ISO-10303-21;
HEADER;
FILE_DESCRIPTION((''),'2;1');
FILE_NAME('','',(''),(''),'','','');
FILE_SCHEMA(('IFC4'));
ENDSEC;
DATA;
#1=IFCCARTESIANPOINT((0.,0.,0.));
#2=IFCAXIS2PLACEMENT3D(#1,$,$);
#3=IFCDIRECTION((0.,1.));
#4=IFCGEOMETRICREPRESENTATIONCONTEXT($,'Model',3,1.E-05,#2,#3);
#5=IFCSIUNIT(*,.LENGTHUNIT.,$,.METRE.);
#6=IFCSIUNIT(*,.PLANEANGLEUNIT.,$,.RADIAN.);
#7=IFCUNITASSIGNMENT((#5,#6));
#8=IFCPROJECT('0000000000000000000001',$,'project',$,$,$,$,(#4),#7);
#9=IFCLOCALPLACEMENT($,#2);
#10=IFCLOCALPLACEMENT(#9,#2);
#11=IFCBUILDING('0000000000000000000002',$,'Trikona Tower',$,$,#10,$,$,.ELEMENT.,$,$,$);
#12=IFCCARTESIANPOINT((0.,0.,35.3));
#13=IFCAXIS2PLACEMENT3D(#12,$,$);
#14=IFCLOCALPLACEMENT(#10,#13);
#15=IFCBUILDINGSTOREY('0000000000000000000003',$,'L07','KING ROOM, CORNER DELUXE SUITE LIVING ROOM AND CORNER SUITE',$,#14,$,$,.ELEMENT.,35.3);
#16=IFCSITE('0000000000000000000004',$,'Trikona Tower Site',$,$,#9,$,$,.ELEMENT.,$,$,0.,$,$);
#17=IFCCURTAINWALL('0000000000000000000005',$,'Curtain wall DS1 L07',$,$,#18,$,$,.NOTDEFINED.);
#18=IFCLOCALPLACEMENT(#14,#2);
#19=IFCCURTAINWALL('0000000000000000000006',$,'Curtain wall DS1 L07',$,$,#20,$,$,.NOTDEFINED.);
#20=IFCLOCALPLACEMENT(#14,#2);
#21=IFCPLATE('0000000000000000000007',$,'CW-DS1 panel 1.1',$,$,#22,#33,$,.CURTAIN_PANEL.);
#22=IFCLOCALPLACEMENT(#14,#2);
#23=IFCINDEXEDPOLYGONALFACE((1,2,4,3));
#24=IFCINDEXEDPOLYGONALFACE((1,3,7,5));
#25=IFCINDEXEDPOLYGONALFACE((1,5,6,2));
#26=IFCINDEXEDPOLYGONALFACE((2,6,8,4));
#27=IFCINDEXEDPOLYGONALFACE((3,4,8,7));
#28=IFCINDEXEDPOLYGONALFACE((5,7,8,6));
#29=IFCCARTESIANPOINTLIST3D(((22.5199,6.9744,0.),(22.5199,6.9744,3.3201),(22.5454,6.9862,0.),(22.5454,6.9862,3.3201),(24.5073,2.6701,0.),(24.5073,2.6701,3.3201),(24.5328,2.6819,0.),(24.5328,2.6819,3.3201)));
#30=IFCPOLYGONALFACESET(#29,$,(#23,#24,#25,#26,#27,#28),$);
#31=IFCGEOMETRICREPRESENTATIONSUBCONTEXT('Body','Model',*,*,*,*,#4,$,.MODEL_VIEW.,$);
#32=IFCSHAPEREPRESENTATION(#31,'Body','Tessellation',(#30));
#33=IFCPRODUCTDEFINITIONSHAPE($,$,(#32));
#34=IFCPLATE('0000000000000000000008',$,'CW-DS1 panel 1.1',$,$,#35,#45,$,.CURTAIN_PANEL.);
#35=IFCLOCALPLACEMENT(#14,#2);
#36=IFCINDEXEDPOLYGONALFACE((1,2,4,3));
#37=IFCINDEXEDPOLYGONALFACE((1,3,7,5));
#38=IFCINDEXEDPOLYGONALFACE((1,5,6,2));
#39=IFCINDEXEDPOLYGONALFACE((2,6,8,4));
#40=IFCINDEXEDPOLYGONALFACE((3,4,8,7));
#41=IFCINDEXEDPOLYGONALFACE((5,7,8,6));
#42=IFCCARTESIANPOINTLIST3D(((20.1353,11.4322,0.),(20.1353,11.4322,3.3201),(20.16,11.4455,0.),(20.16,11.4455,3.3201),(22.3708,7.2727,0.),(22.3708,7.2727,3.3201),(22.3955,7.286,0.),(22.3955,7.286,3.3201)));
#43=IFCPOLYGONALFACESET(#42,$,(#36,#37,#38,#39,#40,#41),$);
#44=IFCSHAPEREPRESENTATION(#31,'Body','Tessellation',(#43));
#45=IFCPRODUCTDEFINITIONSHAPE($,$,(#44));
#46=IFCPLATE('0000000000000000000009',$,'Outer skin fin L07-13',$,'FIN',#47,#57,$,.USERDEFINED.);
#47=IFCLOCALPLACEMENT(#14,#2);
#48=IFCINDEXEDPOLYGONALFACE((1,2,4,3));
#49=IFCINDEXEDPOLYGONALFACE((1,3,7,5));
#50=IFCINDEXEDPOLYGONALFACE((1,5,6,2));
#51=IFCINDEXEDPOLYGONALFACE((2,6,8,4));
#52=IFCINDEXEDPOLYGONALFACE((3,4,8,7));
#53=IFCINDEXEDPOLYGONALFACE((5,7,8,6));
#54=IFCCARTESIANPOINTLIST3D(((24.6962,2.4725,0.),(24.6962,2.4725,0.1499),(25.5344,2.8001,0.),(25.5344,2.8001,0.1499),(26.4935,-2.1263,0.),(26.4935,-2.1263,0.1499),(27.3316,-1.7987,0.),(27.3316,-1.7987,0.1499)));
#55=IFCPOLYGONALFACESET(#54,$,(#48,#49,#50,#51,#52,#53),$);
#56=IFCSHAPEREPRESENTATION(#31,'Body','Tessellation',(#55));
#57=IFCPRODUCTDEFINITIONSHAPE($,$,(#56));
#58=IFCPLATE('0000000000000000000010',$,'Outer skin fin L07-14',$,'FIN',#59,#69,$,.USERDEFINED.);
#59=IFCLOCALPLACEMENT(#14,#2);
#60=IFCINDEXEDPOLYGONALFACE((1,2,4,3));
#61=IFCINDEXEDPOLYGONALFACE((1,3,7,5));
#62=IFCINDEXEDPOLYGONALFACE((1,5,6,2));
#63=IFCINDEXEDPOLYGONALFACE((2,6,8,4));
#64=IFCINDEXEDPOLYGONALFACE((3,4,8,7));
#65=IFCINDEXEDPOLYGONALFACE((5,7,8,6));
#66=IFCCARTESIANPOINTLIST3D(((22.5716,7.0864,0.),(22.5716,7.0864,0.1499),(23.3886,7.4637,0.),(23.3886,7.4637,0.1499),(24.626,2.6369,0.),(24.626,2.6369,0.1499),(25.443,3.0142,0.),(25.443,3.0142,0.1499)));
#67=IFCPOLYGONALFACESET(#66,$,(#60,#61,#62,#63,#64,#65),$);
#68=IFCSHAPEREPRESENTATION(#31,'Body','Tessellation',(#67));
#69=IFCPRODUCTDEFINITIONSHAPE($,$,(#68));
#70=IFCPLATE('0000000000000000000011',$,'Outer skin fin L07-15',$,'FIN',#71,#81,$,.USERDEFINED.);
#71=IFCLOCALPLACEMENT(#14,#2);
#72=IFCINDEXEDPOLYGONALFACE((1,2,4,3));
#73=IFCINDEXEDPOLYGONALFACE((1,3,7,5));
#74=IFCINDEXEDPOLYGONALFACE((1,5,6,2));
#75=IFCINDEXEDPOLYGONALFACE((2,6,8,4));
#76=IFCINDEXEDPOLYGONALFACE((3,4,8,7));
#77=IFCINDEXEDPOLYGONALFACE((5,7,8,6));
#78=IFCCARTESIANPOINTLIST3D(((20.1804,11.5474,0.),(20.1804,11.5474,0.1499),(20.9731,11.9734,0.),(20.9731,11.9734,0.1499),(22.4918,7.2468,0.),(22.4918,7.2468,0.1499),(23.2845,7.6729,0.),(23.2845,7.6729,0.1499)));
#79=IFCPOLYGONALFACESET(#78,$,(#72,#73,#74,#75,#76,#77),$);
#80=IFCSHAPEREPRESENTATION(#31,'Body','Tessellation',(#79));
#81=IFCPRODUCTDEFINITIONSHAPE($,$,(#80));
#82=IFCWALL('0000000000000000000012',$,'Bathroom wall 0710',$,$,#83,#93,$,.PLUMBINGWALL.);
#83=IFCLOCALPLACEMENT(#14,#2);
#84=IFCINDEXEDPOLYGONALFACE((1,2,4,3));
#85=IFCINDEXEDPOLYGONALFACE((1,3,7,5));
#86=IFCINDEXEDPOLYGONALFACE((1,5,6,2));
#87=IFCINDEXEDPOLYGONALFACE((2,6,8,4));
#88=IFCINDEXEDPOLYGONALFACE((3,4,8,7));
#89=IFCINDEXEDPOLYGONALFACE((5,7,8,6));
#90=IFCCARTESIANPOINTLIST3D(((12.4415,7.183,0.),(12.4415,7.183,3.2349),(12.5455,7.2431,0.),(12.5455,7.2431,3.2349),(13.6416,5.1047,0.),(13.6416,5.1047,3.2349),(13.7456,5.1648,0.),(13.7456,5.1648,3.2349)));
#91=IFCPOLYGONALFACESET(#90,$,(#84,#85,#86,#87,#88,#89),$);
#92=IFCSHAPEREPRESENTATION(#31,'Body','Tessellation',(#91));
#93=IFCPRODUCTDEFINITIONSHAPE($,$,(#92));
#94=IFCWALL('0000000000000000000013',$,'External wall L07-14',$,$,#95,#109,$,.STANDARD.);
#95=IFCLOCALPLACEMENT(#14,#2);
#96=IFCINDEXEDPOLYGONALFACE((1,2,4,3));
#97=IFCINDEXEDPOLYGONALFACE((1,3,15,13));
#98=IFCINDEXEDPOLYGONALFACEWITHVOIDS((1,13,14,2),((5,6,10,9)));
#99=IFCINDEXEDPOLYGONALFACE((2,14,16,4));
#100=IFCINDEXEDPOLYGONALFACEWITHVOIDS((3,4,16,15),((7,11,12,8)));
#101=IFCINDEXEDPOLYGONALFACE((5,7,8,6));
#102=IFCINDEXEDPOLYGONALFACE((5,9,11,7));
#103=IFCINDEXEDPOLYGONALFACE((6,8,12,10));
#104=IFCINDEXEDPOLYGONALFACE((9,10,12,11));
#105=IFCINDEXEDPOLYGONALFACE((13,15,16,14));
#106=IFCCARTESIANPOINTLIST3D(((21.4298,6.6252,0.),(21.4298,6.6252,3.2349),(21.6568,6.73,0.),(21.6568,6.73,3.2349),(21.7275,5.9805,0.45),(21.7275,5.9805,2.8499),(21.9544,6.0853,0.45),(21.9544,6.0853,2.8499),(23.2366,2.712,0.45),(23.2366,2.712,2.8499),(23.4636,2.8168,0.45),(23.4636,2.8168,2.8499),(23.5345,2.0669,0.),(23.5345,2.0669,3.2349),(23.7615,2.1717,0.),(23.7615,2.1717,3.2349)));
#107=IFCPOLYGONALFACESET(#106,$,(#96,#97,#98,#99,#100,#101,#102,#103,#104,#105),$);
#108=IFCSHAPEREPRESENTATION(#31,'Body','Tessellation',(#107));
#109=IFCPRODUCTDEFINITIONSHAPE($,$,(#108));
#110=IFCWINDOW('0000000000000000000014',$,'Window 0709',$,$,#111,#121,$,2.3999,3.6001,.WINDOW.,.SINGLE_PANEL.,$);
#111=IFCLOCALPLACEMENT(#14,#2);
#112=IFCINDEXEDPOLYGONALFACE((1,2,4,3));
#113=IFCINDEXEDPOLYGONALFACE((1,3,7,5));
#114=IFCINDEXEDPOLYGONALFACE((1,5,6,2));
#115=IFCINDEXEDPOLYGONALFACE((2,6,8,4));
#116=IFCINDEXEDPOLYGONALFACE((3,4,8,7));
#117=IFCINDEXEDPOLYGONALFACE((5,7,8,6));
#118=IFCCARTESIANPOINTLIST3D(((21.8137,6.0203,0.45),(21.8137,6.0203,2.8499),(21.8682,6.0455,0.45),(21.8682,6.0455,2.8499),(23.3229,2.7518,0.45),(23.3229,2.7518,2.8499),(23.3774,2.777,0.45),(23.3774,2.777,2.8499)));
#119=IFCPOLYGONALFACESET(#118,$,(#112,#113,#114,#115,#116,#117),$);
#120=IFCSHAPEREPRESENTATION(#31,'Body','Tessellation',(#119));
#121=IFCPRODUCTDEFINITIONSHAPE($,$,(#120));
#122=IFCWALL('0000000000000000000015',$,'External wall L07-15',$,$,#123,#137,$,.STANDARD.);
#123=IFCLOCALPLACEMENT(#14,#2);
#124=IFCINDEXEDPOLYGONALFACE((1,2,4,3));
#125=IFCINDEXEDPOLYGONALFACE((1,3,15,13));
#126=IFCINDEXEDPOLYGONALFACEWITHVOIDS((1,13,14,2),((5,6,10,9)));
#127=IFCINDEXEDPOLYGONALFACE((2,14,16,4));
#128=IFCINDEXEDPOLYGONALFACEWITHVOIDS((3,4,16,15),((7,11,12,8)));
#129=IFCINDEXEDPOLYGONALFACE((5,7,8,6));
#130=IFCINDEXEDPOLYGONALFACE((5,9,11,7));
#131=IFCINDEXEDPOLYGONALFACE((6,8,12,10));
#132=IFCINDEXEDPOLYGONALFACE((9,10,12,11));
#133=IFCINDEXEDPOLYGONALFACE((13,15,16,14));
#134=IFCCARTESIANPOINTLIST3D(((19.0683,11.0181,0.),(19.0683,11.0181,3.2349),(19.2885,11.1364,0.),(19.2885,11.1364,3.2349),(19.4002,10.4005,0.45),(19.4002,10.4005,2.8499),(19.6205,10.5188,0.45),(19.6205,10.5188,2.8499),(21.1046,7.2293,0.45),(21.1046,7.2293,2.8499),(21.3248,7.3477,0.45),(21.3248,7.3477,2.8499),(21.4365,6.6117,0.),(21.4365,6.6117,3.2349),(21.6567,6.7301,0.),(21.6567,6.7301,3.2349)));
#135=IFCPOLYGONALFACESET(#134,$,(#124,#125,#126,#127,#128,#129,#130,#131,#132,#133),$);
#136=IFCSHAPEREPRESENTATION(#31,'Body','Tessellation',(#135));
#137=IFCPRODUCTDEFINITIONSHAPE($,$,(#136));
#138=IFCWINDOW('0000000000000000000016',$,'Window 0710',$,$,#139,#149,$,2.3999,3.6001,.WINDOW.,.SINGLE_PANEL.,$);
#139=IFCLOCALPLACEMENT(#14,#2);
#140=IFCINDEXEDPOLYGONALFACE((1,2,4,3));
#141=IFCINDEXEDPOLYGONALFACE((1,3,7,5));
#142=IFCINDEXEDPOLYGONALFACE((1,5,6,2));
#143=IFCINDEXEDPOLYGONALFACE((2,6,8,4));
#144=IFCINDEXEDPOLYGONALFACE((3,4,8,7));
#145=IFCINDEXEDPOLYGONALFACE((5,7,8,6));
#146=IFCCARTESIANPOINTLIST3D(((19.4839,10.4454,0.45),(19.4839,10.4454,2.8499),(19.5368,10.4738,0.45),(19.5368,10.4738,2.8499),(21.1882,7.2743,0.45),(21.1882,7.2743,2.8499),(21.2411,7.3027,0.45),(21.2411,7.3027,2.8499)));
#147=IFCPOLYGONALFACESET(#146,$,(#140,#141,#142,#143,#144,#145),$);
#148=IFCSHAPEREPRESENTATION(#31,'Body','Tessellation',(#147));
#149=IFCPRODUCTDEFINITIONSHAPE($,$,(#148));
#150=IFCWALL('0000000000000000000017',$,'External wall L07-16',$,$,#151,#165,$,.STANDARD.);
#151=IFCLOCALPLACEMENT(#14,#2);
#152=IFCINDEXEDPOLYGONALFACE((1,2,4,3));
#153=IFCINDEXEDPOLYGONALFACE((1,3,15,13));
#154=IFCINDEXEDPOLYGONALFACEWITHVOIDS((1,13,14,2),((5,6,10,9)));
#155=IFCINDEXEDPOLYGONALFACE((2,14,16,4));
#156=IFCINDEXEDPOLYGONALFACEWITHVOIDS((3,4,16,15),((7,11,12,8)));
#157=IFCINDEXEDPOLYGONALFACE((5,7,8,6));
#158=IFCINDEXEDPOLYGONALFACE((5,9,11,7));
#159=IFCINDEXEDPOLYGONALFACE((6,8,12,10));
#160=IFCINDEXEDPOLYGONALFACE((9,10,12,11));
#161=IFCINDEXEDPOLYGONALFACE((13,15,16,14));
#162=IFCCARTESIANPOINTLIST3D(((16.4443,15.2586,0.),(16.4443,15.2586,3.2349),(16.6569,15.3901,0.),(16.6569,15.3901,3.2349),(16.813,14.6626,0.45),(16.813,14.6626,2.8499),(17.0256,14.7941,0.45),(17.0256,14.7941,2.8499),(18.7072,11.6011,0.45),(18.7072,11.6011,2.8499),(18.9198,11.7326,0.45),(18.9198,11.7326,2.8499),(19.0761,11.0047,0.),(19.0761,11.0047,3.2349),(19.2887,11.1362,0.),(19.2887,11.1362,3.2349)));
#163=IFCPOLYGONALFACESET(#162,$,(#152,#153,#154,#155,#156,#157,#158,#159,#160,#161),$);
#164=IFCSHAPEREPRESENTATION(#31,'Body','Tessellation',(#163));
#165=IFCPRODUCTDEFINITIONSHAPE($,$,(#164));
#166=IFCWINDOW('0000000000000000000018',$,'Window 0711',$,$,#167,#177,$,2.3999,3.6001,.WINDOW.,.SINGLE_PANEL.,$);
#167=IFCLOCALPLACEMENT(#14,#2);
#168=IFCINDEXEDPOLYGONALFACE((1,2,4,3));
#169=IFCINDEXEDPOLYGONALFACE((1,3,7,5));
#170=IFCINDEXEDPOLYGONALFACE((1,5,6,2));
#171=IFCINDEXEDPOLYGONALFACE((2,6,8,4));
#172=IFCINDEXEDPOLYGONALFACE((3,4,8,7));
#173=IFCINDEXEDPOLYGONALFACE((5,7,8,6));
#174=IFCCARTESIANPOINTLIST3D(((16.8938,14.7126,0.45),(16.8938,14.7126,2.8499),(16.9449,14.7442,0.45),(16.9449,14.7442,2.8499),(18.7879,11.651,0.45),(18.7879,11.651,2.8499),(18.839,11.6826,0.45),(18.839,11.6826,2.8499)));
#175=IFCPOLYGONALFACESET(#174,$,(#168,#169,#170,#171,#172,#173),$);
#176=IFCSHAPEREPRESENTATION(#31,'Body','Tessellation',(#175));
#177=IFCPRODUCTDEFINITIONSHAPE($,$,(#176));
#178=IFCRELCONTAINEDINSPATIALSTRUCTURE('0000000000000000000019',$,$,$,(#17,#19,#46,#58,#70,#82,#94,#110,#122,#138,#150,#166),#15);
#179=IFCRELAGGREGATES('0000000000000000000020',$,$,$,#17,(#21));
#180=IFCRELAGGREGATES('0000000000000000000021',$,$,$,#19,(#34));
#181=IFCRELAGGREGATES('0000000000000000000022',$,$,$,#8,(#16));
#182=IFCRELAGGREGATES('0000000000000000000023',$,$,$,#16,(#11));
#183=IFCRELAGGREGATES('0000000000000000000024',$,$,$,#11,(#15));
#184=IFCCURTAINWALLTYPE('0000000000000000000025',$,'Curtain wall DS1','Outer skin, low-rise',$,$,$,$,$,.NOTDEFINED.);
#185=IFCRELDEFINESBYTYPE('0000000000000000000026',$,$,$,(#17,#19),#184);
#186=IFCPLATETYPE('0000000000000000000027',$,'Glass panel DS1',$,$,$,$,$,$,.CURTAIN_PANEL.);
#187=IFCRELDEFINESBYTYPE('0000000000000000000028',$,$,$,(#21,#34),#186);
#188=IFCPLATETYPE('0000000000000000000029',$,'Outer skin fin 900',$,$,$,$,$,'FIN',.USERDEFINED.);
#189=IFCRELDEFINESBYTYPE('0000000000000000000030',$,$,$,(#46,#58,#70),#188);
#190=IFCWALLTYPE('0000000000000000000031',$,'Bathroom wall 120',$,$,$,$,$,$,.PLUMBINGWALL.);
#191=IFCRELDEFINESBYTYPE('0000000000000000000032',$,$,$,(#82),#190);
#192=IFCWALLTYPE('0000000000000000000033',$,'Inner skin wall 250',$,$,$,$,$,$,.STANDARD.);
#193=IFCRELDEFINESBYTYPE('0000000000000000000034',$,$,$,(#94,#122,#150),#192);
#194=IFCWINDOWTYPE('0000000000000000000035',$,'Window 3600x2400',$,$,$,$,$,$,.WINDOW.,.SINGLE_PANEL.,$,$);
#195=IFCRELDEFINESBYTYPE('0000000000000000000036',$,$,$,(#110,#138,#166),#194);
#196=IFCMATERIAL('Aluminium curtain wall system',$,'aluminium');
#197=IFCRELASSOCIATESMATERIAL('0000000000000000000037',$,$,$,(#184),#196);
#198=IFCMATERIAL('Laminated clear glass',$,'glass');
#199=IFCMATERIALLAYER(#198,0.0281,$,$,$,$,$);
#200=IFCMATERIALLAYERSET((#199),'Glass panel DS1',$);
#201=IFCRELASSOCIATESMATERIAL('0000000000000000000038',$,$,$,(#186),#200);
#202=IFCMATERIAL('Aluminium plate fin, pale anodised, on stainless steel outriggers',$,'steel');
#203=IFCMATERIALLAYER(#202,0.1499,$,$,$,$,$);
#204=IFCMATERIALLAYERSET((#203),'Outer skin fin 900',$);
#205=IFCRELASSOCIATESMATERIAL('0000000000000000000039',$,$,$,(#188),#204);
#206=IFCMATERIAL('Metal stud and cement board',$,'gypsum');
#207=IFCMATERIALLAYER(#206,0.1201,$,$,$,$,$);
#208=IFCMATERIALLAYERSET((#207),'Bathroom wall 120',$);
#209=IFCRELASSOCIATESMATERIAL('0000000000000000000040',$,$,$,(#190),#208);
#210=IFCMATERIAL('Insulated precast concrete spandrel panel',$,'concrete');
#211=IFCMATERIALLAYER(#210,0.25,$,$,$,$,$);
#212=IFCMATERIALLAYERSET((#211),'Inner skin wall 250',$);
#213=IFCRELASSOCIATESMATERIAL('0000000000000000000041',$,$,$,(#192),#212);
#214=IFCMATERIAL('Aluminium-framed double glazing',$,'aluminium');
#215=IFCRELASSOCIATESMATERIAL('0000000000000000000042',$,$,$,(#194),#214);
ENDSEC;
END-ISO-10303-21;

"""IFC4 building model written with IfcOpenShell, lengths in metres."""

from ifc_helpers import new_model, si_unit, direction, frame, frame_2d, origin, origin_2d, place, context, subcontext, project, spatial, rectangle, extrude, material, layer, layer_set, type_object, element, fill, aggregate, save


model = new_model("IFC4")

# Units and contexts
model_context = context("Model", 3, precision=1e-05, world=origin(), true_north=direction((0.0, 1.0)))
body_context = subcontext(model_context, "Body", "Model", "MODEL_VIEW")
ifc_project = project(units=[si_unit("LENGTHUNIT", "METRE"), si_unit("PLANEANGLEUNIT", "RADIAN")], contexts=[model_context])

# Site, building, storey
site_placement = place(None, origin())
site = spatial("IfcSite", under=ifc_project, at=site_placement, Name="Trikona Tower Site", CompositionType="ELEMENT", RefElevation=0.0)
building_placement = place(site_placement, origin())
building = spatial("IfcBuilding", under=site, at=building_placement, Name="Trikona Tower", CompositionType="ELEMENT")
storey_placement = place(building_placement, frame((0.0, 0.0, 35.3)))
storey = spatial("IfcBuildingStorey", under=building, at=storey_placement, Name="L07", Description="KING ROOM, CORNER DELUXE SUITE LIVING ROOM AND CORNER SUITE", CompositionType="ELEMENT", Elevation=35.3)

# Shared definitions
ifc_material_1 = material(Name="Aluminium curtain wall system", Category="aluminium")
curtain_wall_type = type_object("IfcCurtainWallType", Name="Curtain wall DS1", Description="Outer skin, low-rise", PredefinedType="NOTDEFINED", material=ifc_material_1)

# Curtain wall
curtain_wall_1_placement = place(storey_placement, origin())
curtain_wall_1 = element("IfcCurtainWall", 1, at=curtain_wall_1_placement, inside=storey, type_object=curtain_wall_type, Name="Curtain wall DS1 L07", PredefinedType="NOTDEFINED")

# Curtain wall
curtain_wall_2_placement = place(storey_placement, origin())
curtain_wall_2 = element("IfcCurtainWall", 2, at=curtain_wall_2_placement, inside=storey, type_object=curtain_wall_type, Name="Curtain wall DS1 L07", PredefinedType="NOTDEFINED")

# Plates
ifc_material_2 = material(Name="Laminated clear glass", Category="glass")
ifc_layer_1 = layer(ifc_material_2, 0.0281)
ifc_layer_set_1 = layer_set([ifc_layer_1], Name="Glass panel DS1")
plate_type_1 = type_object("IfcPlateType", Name="Glass panel DS1", PredefinedType="CURTAIN_PANEL", material=ifc_layer_set_1)
plate_1_placement = place(storey_placement, frame((23.5264, 4.8281, 0.0), z_axis=(0.0, 0.0, 1.0), x_axis=(-0.41919, 0.907898, 0.0)))
plate_1 = element("IfcPlate", 3, at=plate_1_placement, type_object=plate_type_1, Name="CW-DS1 panel 1.1", PredefinedType="CURTAIN_PANEL", context=body_context, shape_type="SweptSolid", body=[
    extrude(rectangle(XDim=4.741, YDim=0.0281, at=origin_2d()), origin(), (0.0, 0.0, 1.0), 3.3201),
])
aggregate(curtain_wall_1, [plate_1])
plate_2_placement = place(storey_placement, frame((21.2654, 9.3591, 0.0), z_axis=(0.0, 0.0, 1.0), x_axis=(-0.473408, 0.880843, 0.0)))
plate_2 = element("IfcPlate", 4, at=plate_2_placement, type_object=plate_type_1, Name="CW-DS1 panel 1.1", PredefinedType="CURTAIN_PANEL", context=body_context, shape_type="SweptSolid", body=[
    extrude(rectangle(XDim=4.7222, YDim=0.0281, at=origin_2d()), origin(), (0.0, 0.0, 1.0), 3.3201),
])
aggregate(curtain_wall_2, [plate_2])

# Plates
ifc_material_3 = material(Name="Aluminium plate fin, pale anodised, on stainless steel outriggers", Category="steel")
ifc_layer_2 = layer(ifc_material_3, 0.1499)
ifc_layer_set_2 = layer_set([ifc_layer_2], Name="Outer skin fin 900")
plate_type_2 = type_object("IfcPlateType", Name="Outer skin fin 900", ElementType="FIN", PredefinedType="USERDEFINED", material=ifc_layer_set_2)
plate_3_placement = place(storey_placement, frame((26.0139, 0.3369, 0.0), z_axis=(0.0, 0.0, 1.0), x_axis=(-0.364009, 0.931395, 0.0)))
element("IfcPlate", 5, at=plate_3_placement, inside=storey, type_object=plate_type_2, Name="Outer skin fin L07-13", ObjectType="FIN", PredefinedType="USERDEFINED", context=body_context, shape_type="SweptSolid", body=[
    extrude(rectangle(XDim=4.9375, YDim=0.8999, at=origin_2d()), origin(), (0.0, 0.0, 1.0), 0.1499),
])
plate_4_placement = place(storey_placement, frame((24.0073, 5.0503, 0.0), z_axis=(0.0, 0.0, 1.0), x_axis=(-0.419194, 0.907897, 0.0)))
element("IfcPlate", 6, at=plate_4_placement, inside=storey, type_object=plate_type_2, Name="Outer skin fin L07-14", ObjectType="FIN", PredefinedType="USERDEFINED", context=body_context, shape_type="SweptSolid", body=[
    extrude(rectangle(XDim=4.9009, YDim=0.8999, at=origin_2d()), origin(), (0.0, 0.0, 1.0), 0.1499),
])
plate_5_placement = place(storey_placement, frame((21.7324, 9.6101, 0.0), z_axis=(0.0, 0.0, 1.0), x_axis=(-0.473423, 0.880835, 0.0)))
element("IfcPlate", 7, at=plate_5_placement, inside=storey, type_object=plate_type_2, Name="Outer skin fin L07-15", ObjectType="FIN", PredefinedType="USERDEFINED", context=body_context, shape_type="SweptSolid", body=[
    extrude(rectangle(XDim=4.8823, YDim=0.8999, at=origin_2d()), origin(), (0.0, 0.0, 1.0), 0.1499),
])

# Wall
ifc_material_4 = material(Name="Metal stud and cement board", Category="gypsum")
ifc_layer_3 = layer(ifc_material_4, 0.1201)
ifc_layer_set_3 = layer_set([ifc_layer_3], Name="Bathroom wall 120")
wall_type_1 = type_object("IfcWallType", Name="Bathroom wall 120", PredefinedType="PLUMBINGWALL", material=ifc_layer_set_3)
wall_1_placement = place(storey_placement, frame((13.6936, 5.1348, 0.0), z_axis=(0.0, 0.0, 1.0), x_axis=(-0.500078, 0.865981, 0.0)))
element("IfcWall", 8, at=wall_1_placement, inside=storey, type_object=wall_type_1, Name="Bathroom wall 0710", PredefinedType="PLUMBINGWALL", context=body_context, shape_type="SweptSolid", body=[
    extrude(rectangle(XDim=2.3999, YDim=0.1201, at=frame_2d((1.2, 0.0))), origin(), (0.0, 0.0, 1.0), 3.2349),
])

# Walls, openings, windows
ifc_material_5 = material(Name="Insulated precast concrete spandrel panel", Category="concrete")
ifc_layer_4 = layer(ifc_material_5, 0.25)
ifc_layer_set_4 = layer_set([ifc_layer_4], Name="Inner skin wall 250")
wall_type_2 = type_object("IfcWallType", Name="Inner skin wall 250", PredefinedType="STANDARD", material=ifc_layer_set_4)
wall_2_placement = place(storey_placement, frame((23.6479, 2.1194, 0.0), z_axis=(0.0, 0.0, 1.0), x_axis=(-0.419203, 0.907892, 0.0)))
wall_2 = element("IfcWall", 9, at=wall_2_placement, inside=storey, type_object=wall_type_2, Name="External wall L07-14", PredefinedType="STANDARD", context=body_context, shape_type="SweptSolid", body=[
    extrude(rectangle(XDim=5.0208, YDim=0.25, at=frame_2d((2.5103, 0.0))), origin(), (0.0, 0.0, 1.0), 3.2349),
])
opening_1_placement = place(wall_2_placement, frame((0.7104, 0.0, 0.45)))
opening_1 = element("IfcOpeningElement", 10, at=opening_1_placement, cuts=wall_2, PredefinedType="OPENING", context=body_context, shape_type="SweptSolid", body=[
    extrude(rectangle(XDim=3.6001, YDim=2.3999, at=frame_2d((1.8, 1.2))), frame((0.0, 0.135, 0.0), z_axis=(0.0, -1.0, 0.0), x_axis=(1.0, 0.0, 0.0)), (0.0, 0.0, 1.0), 0.27),
])
ifc_material_6 = material(Name="Aluminium-framed double glazing", Category="aluminium")
window_type = type_object("IfcWindowType", Name="Window 3600x2400", PartitioningType="SINGLE_PANEL", PredefinedType="WINDOW", material=ifc_material_6)
window_1_placement = place(opening_1_placement, origin())
window_1 = element("IfcWindow", 11, at=window_1_placement, inside=storey, type_object=window_type, Name="Window 0709", OverallHeight=2.3999, OverallWidth=3.6001, PartitioningType="SINGLE_PANEL", PredefinedType="WINDOW", context=body_context, shape_type="SweptSolid", body=[
    extrude(rectangle(XDim=3.6001, YDim=2.3999, at=frame_2d((1.8, 1.2))), frame((0.0, 0.03, 0.0), z_axis=(0.0, -1.0, 0.0), x_axis=(1.0, 0.0, 0.0)), (0.0, 0.0, 1.0), 0.0601),
])
fill(opening_1, window_1)
wall_3_placement = place(storey_placement, frame((21.5466, 6.6709, 0.0), z_axis=(0.0, 0.0, 1.0), x_axis=(-0.473413, 0.880841, 0.0)))
wall_3 = element("IfcWall", 12, at=wall_3_placement, inside=storey, type_object=wall_type_2, Name="External wall L07-15", PredefinedType="STANDARD", context=body_context, shape_type="SweptSolid", body=[
    extrude(rectangle(XDim=5.0024, YDim=0.25, at=frame_2d((2.5012, 0.0))), origin(), (0.0, 0.0, 1.0), 3.2349),
])
opening_2_placement = place(wall_3_placement, frame((0.7012, 0.0, 0.45)))
opening_2 = element("IfcOpeningElement", 13, at=opening_2_placement, cuts=wall_3, PredefinedType="OPENING", context=body_context, shape_type="SweptSolid", body=[
    extrude(rectangle(XDim=3.6001, YDim=2.3999, at=frame_2d((1.8, 1.2))), frame((0.0, 0.135, 0.0), z_axis=(0.0, -1.0, 0.0), x_axis=(1.0, 0.0, 0.0)), (0.0, 0.0, 1.0), 0.27),
])
window_2_placement = place(opening_2_placement, origin())
window_2 = element("IfcWindow", 14, at=window_2_placement, inside=storey, type_object=window_type, Name="Window 0710", OverallHeight=2.3999, OverallWidth=3.6001, PartitioningType="SINGLE_PANEL", PredefinedType="WINDOW", context=body_context, shape_type="SweptSolid", body=[
    extrude(rectangle(XDim=3.6001, YDim=2.3999, at=frame_2d((1.8, 1.2))), frame((0.0, 0.03, 0.0), z_axis=(0.0, -1.0, 0.0), x_axis=(1.0, 0.0, 0.0)), (0.0, 0.0, 1.0), 0.0601),
])
fill(opening_2, window_2)
wall_4_placement = place(storey_placement, frame((19.1824, 11.0706, 0.0), z_axis=(0.0, 0.0, 1.0), x_axis=(-0.526133, 0.850402, 0.0)))
wall_4 = element("IfcWall", 15, at=wall_4_placement, inside=storey, type_object=wall_type_2, Name="External wall L07-16", PredefinedType="STANDARD", context=body_context, shape_type="SweptSolid", body=[
    extrude(rectangle(XDim=5.0022, YDim=0.25, at=frame_2d((2.501, 0.0))), origin(), (0.0, 0.0, 1.0), 3.2349),
])
opening_3_placement = place(wall_4_placement, frame((0.7012, 0.0, 0.45)))
opening_3 = element("IfcOpeningElement", 16, at=opening_3_placement, cuts=wall_4, PredefinedType="OPENING", context=body_context, shape_type="SweptSolid", body=[
    extrude(rectangle(XDim=3.6001, YDim=2.3999, at=frame_2d((1.8, 1.2))), frame((0.0, 0.135, 0.0), z_axis=(0.0, -1.0, 0.0), x_axis=(1.0, 0.0, 0.0)), (0.0, 0.0, 1.0), 0.27),
])
window_3_placement = place(opening_3_placement, origin())
window_3 = element("IfcWindow", 17, at=window_3_placement, inside=storey, type_object=window_type, Name="Window 0711", OverallHeight=2.3999, OverallWidth=3.6001, PartitioningType="SINGLE_PANEL", PredefinedType="WINDOW", context=body_context, shape_type="SweptSolid", body=[
    extrude(rectangle(XDim=3.6001, YDim=2.3999, at=frame_2d((1.8, 1.2))), frame((0.0, 0.03, 0.0), z_axis=(0.0, -1.0, 0.0), x_axis=(1.0, 0.0, 0.0)), (0.0, 0.0, 1.0), 0.0601),
])
fill(opening_3, window_3)

save(model, "model.ifc")
